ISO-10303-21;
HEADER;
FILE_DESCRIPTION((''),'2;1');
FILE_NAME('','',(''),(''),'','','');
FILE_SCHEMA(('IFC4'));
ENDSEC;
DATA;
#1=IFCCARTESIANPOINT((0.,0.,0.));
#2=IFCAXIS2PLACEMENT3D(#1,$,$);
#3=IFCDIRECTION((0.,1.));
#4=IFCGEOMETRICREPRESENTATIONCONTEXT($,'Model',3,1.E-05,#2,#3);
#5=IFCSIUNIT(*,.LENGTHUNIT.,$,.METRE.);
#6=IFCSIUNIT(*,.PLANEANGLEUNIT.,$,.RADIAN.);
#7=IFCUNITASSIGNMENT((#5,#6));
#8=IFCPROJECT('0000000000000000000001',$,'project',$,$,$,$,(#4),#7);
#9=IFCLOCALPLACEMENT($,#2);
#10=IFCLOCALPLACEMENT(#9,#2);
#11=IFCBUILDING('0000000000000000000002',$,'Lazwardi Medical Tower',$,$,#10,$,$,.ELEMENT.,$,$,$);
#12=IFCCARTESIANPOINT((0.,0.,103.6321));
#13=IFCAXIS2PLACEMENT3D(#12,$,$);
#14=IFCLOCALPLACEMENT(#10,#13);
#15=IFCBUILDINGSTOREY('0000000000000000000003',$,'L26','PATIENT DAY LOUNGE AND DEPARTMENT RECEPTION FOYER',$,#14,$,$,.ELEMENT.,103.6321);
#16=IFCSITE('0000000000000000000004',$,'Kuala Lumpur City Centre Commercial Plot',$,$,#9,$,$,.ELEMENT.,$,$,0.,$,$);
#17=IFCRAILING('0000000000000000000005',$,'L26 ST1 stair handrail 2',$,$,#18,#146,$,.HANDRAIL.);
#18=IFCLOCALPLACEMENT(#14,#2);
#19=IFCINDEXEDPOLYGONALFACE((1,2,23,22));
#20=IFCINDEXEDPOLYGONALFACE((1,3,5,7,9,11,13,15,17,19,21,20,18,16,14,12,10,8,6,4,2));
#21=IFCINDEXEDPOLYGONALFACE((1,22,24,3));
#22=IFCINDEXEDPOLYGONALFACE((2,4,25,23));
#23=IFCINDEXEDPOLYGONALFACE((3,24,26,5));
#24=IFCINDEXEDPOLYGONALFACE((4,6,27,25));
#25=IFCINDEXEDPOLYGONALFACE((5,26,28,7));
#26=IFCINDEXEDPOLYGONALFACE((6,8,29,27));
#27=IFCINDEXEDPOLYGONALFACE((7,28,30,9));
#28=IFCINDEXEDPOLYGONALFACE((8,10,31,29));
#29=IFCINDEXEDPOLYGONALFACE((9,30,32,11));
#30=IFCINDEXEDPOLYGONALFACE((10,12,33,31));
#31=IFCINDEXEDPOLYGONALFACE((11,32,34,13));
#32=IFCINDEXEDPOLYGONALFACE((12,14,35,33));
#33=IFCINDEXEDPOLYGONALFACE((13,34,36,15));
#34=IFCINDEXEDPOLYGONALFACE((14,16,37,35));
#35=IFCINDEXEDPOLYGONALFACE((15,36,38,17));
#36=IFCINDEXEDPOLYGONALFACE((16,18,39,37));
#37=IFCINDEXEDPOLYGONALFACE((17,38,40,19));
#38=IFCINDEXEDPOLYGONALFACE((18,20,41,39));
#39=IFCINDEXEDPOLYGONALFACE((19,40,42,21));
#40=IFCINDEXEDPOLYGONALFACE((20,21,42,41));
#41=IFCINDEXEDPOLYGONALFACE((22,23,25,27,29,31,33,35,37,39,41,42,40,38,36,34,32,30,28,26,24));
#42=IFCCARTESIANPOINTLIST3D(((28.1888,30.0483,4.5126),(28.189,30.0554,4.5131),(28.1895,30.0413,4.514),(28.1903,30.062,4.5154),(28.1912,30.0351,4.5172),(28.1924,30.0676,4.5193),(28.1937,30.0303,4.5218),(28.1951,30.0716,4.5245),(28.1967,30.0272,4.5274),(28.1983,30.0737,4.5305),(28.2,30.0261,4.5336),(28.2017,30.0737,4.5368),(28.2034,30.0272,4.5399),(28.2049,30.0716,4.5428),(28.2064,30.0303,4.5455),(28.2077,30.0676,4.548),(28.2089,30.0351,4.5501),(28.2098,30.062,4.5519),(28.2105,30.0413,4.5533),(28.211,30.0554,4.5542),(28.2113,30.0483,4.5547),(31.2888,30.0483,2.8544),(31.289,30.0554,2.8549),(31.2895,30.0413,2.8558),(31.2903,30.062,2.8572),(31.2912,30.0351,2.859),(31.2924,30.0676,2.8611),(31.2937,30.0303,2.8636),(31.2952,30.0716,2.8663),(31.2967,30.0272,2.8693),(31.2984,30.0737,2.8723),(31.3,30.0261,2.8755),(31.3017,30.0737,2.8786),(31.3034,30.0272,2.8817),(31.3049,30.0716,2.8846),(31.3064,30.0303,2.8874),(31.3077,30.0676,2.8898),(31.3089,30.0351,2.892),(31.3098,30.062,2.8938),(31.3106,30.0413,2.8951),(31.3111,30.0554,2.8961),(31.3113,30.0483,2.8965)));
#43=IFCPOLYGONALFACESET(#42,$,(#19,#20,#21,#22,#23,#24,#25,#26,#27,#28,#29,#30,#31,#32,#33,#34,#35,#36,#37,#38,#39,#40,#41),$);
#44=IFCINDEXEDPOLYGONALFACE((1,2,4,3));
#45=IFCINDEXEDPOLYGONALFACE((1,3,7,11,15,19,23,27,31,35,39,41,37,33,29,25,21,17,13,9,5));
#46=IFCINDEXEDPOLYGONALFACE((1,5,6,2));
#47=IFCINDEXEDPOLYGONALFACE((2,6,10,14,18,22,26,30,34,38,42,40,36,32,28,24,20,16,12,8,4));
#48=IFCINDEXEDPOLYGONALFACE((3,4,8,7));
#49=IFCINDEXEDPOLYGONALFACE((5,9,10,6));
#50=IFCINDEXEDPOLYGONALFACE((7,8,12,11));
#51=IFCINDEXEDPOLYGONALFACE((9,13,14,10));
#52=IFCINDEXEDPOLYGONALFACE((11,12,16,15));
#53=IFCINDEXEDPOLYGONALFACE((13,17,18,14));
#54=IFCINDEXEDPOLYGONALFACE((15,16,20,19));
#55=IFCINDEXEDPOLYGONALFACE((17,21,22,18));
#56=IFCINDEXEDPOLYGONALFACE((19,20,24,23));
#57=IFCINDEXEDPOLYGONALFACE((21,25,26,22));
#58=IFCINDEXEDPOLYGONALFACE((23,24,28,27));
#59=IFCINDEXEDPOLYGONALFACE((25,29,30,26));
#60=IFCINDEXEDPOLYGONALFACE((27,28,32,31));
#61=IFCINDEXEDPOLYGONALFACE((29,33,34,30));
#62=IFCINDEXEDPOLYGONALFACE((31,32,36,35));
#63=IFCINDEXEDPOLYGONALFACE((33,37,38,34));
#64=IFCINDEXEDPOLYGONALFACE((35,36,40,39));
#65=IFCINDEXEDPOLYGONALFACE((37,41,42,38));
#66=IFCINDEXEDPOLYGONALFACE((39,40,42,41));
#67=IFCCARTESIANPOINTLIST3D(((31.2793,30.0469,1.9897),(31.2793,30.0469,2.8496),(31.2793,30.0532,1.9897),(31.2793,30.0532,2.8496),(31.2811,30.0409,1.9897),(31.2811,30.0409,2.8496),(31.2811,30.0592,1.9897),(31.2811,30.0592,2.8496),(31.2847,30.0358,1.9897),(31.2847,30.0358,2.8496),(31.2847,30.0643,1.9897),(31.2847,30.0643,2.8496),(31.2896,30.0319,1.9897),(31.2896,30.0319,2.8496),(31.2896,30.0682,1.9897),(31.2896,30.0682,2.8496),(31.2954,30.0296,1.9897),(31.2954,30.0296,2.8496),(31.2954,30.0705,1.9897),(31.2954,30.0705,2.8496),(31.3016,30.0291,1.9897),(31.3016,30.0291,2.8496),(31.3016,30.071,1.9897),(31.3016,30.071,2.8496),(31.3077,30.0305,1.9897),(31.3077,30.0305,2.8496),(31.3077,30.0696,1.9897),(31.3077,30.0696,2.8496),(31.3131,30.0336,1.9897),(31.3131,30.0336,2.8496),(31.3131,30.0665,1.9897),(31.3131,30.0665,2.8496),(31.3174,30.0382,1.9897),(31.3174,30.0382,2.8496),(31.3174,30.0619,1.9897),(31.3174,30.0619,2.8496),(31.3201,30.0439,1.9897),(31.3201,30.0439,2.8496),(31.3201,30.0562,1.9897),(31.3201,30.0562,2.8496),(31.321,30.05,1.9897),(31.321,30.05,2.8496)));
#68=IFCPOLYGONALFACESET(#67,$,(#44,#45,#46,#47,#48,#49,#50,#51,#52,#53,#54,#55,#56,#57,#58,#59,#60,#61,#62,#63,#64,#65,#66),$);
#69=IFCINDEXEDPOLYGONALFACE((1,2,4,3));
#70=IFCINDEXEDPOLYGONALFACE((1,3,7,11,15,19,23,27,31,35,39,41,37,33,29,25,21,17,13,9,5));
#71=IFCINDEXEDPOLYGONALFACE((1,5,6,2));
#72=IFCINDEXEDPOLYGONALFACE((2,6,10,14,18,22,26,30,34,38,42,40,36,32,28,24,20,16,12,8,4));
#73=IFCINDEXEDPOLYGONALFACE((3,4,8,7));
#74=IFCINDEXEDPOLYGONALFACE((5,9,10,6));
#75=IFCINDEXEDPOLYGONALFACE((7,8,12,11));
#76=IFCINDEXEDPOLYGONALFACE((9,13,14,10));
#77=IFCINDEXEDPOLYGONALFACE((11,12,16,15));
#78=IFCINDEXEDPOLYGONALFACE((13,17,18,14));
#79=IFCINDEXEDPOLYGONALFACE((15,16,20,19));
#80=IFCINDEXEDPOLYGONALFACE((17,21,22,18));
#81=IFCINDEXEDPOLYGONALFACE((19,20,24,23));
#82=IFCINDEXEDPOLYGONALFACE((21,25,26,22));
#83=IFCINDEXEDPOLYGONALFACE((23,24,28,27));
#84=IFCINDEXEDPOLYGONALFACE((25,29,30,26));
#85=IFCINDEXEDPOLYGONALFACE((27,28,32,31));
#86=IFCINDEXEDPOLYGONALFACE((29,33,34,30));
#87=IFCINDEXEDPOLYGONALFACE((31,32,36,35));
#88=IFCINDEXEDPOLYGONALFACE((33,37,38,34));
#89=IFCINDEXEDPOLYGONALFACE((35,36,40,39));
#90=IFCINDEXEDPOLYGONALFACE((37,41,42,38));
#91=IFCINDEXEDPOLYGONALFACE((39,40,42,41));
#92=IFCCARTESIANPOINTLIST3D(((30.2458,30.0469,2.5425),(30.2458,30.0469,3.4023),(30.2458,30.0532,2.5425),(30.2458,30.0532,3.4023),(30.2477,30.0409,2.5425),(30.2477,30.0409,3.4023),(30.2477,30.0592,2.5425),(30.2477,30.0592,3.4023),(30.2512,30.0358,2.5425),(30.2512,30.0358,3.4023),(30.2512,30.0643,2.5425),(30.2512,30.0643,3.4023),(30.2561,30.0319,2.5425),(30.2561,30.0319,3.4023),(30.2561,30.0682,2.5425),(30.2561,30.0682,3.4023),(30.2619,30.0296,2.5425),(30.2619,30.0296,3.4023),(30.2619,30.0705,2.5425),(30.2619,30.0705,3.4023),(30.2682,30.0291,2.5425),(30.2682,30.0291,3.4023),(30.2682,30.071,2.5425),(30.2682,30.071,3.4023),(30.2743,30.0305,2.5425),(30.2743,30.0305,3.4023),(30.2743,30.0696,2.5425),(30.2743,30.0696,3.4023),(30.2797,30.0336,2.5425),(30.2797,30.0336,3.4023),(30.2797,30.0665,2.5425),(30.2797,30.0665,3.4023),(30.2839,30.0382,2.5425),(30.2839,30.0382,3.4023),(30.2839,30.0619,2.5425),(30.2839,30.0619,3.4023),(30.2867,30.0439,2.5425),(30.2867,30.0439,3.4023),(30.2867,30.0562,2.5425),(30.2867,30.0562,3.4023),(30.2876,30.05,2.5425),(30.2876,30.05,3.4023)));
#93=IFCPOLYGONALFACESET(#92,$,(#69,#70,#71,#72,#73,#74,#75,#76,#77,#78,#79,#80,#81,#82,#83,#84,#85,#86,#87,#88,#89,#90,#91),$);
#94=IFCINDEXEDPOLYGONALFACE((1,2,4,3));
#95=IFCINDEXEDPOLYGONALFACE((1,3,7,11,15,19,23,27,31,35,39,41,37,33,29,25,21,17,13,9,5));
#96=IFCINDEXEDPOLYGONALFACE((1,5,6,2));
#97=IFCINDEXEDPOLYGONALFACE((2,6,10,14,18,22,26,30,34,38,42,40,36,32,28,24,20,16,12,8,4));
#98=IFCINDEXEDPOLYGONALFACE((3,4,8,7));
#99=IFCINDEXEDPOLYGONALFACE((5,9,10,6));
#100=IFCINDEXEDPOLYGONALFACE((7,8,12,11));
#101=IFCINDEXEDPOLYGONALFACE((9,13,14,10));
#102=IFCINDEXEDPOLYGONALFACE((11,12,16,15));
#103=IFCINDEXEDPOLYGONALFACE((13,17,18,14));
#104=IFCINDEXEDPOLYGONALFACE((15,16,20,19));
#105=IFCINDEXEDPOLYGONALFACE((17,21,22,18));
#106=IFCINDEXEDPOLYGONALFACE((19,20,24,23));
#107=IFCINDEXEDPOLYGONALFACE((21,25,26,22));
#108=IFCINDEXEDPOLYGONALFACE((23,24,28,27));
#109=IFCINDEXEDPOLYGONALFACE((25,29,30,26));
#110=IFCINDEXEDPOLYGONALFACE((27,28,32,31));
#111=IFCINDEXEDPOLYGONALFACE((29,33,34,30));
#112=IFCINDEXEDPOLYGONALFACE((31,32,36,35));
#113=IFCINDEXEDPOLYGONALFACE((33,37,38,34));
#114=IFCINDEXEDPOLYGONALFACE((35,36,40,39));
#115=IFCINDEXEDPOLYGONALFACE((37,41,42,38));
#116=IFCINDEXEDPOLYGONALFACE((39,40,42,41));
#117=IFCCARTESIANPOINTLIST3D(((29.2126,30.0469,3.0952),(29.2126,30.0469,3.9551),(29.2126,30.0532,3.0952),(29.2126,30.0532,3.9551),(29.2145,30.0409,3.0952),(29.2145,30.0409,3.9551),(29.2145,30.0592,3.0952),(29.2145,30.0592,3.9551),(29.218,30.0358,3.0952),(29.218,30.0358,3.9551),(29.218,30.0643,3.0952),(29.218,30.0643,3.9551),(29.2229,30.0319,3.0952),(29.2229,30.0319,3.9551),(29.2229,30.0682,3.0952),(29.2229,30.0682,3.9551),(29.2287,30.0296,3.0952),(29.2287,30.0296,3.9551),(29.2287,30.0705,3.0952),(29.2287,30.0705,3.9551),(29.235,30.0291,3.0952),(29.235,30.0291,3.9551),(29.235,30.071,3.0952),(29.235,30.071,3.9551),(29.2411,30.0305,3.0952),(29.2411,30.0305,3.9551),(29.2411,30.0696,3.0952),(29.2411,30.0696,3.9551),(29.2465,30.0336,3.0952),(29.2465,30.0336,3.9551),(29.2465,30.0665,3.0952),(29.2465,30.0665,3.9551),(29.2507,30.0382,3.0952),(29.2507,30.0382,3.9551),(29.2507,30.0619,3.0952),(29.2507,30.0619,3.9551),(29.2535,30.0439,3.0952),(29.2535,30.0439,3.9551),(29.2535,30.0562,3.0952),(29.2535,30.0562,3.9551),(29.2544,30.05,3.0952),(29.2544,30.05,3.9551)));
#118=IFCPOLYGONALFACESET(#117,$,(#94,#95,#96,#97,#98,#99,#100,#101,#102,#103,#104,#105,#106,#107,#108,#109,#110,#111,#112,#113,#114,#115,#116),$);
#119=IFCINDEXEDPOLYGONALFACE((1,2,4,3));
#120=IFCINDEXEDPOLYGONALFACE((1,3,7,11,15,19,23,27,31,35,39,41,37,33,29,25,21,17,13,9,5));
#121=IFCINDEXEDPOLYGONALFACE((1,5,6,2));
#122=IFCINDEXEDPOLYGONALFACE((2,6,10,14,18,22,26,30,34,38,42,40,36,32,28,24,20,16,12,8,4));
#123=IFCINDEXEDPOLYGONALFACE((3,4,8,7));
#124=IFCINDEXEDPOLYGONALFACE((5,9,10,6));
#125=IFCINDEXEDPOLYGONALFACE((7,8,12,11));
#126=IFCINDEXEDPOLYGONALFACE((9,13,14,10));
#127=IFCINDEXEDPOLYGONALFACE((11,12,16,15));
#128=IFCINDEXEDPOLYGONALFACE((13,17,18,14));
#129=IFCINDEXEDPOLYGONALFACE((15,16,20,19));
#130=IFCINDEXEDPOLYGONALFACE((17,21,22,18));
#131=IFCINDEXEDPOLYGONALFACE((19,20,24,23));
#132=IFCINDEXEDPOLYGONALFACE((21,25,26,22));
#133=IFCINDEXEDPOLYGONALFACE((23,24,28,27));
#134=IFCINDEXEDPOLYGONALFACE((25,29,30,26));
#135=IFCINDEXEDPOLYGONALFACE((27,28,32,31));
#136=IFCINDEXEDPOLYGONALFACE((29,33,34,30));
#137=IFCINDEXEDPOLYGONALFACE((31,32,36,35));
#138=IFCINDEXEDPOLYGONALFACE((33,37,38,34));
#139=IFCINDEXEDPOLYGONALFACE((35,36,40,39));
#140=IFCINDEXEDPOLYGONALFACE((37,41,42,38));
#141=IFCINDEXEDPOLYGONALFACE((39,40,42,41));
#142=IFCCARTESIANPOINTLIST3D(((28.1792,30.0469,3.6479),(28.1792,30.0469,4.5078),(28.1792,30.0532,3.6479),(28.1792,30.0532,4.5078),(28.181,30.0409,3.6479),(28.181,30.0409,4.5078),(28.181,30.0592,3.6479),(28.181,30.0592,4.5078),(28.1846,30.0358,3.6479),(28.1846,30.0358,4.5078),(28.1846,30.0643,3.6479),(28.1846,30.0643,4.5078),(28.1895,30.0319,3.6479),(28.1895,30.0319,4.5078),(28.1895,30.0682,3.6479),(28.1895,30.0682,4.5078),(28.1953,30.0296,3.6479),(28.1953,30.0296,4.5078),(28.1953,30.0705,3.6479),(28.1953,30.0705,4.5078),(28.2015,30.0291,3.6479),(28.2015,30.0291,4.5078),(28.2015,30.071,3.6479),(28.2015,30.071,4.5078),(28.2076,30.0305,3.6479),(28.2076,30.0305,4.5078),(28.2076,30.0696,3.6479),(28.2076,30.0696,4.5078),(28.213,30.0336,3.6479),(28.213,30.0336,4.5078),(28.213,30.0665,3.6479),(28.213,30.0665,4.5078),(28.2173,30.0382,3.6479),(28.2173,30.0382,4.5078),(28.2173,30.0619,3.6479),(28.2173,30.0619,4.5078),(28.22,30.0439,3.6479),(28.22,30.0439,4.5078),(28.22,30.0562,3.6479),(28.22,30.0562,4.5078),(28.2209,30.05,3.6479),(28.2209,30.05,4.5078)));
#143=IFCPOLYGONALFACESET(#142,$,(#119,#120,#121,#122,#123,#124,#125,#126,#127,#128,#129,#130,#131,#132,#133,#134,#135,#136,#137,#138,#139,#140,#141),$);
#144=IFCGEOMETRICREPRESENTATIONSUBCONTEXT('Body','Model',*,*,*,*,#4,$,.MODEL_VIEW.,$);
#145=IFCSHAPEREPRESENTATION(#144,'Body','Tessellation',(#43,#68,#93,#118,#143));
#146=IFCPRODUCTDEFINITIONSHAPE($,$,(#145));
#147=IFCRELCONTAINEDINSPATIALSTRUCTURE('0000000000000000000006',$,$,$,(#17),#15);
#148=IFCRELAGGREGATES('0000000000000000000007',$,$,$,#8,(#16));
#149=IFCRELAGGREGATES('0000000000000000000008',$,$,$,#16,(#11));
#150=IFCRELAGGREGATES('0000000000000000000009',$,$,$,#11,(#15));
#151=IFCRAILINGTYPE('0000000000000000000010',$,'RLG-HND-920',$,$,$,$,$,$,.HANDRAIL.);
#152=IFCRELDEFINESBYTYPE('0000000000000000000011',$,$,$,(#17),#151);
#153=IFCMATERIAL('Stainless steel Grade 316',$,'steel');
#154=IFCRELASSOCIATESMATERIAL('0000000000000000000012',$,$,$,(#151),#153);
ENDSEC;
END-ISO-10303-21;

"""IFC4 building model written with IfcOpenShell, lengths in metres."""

from ifc_helpers import new_model, si_unit, direction, frame, origin, origin_2d, place, context, subcontext, project, spatial, circle, extrude, material, type_object, element, save


model = new_model("IFC4")

# Units and contexts
model_context = context("Model", 3, precision=1e-05, world=origin(), true_north=direction((0.0, 1.0)))
body_context = subcontext(model_context, "Body", "Model", "MODEL_VIEW")
ifc_project = project(units=[si_unit("LENGTHUNIT", "METRE"), si_unit("PLANEANGLEUNIT", "RADIAN")], contexts=[model_context])

# Site, building, storey
site_placement = place(None, origin())
site = spatial("IfcSite", under=ifc_project, at=site_placement, Name="Kuala Lumpur City Centre Commercial Plot", CompositionType="ELEMENT", RefElevation=0.0)
building_placement = place(site_placement, origin())
building = spatial("IfcBuilding", under=site, at=building_placement, Name="Lazwardi Medical Tower", CompositionType="ELEMENT")
storey_placement = place(building_placement, frame((0.0, 0.0, 103.6321)))
storey = spatial("IfcBuildingStorey", under=building, at=storey_placement, Name="L26", Description="PATIENT DAY LOUNGE AND DEPARTMENT RECEPTION FOYER", CompositionType="ELEMENT", Elevation=103.6321)

# Railing
ifc_material_1 = material(Name="Stainless steel Grade 316", Category="steel")
railing_type_1 = type_object("IfcRailingType", Name="RLG-HND-920", PredefinedType="HANDRAIL", material=ifc_material_1)
railing_1_placement = place(storey_placement, frame((31.3, 30.05, 1.9897)))
element("IfcRailing", 1, at=railing_1_placement, inside=storey, type_object=railing_type_1, Name="L26 ST1 stair handrail 2", PredefinedType="HANDRAIL", context=body_context, shape_type="SweptSolid", body=[
    extrude(circle(Radius=0.0239, at=origin_2d()), frame((0.0, 0.0, 0.8857), z_axis=(-0.881783, 0.0, 0.471655), x_axis=(0.0, -1.0, 0.0)), (0.0, 0.0, 1.0), 3.5156),
    extrude(circle(Radius=0.021, at=origin_2d()), origin(), (0.0, 0.0, 1.0), 0.8599),
    extrude(circle(Radius=0.021, at=origin_2d()), frame((-1.0334, 0.0, 0.5527)), (0.0, 0.0, 1.0), 0.8599),
    extrude(circle(Radius=0.021, at=origin_2d()), frame((-2.0667, 0.0, 1.1055)), (0.0, 0.0, 1.0), 0.8599),
    extrude(circle(Radius=0.021, at=origin_2d()), frame((-3.1001, 0.0, 1.6582)), (0.0, 0.0, 1.0), 0.8599),
])

save(model, "model.ifc")
